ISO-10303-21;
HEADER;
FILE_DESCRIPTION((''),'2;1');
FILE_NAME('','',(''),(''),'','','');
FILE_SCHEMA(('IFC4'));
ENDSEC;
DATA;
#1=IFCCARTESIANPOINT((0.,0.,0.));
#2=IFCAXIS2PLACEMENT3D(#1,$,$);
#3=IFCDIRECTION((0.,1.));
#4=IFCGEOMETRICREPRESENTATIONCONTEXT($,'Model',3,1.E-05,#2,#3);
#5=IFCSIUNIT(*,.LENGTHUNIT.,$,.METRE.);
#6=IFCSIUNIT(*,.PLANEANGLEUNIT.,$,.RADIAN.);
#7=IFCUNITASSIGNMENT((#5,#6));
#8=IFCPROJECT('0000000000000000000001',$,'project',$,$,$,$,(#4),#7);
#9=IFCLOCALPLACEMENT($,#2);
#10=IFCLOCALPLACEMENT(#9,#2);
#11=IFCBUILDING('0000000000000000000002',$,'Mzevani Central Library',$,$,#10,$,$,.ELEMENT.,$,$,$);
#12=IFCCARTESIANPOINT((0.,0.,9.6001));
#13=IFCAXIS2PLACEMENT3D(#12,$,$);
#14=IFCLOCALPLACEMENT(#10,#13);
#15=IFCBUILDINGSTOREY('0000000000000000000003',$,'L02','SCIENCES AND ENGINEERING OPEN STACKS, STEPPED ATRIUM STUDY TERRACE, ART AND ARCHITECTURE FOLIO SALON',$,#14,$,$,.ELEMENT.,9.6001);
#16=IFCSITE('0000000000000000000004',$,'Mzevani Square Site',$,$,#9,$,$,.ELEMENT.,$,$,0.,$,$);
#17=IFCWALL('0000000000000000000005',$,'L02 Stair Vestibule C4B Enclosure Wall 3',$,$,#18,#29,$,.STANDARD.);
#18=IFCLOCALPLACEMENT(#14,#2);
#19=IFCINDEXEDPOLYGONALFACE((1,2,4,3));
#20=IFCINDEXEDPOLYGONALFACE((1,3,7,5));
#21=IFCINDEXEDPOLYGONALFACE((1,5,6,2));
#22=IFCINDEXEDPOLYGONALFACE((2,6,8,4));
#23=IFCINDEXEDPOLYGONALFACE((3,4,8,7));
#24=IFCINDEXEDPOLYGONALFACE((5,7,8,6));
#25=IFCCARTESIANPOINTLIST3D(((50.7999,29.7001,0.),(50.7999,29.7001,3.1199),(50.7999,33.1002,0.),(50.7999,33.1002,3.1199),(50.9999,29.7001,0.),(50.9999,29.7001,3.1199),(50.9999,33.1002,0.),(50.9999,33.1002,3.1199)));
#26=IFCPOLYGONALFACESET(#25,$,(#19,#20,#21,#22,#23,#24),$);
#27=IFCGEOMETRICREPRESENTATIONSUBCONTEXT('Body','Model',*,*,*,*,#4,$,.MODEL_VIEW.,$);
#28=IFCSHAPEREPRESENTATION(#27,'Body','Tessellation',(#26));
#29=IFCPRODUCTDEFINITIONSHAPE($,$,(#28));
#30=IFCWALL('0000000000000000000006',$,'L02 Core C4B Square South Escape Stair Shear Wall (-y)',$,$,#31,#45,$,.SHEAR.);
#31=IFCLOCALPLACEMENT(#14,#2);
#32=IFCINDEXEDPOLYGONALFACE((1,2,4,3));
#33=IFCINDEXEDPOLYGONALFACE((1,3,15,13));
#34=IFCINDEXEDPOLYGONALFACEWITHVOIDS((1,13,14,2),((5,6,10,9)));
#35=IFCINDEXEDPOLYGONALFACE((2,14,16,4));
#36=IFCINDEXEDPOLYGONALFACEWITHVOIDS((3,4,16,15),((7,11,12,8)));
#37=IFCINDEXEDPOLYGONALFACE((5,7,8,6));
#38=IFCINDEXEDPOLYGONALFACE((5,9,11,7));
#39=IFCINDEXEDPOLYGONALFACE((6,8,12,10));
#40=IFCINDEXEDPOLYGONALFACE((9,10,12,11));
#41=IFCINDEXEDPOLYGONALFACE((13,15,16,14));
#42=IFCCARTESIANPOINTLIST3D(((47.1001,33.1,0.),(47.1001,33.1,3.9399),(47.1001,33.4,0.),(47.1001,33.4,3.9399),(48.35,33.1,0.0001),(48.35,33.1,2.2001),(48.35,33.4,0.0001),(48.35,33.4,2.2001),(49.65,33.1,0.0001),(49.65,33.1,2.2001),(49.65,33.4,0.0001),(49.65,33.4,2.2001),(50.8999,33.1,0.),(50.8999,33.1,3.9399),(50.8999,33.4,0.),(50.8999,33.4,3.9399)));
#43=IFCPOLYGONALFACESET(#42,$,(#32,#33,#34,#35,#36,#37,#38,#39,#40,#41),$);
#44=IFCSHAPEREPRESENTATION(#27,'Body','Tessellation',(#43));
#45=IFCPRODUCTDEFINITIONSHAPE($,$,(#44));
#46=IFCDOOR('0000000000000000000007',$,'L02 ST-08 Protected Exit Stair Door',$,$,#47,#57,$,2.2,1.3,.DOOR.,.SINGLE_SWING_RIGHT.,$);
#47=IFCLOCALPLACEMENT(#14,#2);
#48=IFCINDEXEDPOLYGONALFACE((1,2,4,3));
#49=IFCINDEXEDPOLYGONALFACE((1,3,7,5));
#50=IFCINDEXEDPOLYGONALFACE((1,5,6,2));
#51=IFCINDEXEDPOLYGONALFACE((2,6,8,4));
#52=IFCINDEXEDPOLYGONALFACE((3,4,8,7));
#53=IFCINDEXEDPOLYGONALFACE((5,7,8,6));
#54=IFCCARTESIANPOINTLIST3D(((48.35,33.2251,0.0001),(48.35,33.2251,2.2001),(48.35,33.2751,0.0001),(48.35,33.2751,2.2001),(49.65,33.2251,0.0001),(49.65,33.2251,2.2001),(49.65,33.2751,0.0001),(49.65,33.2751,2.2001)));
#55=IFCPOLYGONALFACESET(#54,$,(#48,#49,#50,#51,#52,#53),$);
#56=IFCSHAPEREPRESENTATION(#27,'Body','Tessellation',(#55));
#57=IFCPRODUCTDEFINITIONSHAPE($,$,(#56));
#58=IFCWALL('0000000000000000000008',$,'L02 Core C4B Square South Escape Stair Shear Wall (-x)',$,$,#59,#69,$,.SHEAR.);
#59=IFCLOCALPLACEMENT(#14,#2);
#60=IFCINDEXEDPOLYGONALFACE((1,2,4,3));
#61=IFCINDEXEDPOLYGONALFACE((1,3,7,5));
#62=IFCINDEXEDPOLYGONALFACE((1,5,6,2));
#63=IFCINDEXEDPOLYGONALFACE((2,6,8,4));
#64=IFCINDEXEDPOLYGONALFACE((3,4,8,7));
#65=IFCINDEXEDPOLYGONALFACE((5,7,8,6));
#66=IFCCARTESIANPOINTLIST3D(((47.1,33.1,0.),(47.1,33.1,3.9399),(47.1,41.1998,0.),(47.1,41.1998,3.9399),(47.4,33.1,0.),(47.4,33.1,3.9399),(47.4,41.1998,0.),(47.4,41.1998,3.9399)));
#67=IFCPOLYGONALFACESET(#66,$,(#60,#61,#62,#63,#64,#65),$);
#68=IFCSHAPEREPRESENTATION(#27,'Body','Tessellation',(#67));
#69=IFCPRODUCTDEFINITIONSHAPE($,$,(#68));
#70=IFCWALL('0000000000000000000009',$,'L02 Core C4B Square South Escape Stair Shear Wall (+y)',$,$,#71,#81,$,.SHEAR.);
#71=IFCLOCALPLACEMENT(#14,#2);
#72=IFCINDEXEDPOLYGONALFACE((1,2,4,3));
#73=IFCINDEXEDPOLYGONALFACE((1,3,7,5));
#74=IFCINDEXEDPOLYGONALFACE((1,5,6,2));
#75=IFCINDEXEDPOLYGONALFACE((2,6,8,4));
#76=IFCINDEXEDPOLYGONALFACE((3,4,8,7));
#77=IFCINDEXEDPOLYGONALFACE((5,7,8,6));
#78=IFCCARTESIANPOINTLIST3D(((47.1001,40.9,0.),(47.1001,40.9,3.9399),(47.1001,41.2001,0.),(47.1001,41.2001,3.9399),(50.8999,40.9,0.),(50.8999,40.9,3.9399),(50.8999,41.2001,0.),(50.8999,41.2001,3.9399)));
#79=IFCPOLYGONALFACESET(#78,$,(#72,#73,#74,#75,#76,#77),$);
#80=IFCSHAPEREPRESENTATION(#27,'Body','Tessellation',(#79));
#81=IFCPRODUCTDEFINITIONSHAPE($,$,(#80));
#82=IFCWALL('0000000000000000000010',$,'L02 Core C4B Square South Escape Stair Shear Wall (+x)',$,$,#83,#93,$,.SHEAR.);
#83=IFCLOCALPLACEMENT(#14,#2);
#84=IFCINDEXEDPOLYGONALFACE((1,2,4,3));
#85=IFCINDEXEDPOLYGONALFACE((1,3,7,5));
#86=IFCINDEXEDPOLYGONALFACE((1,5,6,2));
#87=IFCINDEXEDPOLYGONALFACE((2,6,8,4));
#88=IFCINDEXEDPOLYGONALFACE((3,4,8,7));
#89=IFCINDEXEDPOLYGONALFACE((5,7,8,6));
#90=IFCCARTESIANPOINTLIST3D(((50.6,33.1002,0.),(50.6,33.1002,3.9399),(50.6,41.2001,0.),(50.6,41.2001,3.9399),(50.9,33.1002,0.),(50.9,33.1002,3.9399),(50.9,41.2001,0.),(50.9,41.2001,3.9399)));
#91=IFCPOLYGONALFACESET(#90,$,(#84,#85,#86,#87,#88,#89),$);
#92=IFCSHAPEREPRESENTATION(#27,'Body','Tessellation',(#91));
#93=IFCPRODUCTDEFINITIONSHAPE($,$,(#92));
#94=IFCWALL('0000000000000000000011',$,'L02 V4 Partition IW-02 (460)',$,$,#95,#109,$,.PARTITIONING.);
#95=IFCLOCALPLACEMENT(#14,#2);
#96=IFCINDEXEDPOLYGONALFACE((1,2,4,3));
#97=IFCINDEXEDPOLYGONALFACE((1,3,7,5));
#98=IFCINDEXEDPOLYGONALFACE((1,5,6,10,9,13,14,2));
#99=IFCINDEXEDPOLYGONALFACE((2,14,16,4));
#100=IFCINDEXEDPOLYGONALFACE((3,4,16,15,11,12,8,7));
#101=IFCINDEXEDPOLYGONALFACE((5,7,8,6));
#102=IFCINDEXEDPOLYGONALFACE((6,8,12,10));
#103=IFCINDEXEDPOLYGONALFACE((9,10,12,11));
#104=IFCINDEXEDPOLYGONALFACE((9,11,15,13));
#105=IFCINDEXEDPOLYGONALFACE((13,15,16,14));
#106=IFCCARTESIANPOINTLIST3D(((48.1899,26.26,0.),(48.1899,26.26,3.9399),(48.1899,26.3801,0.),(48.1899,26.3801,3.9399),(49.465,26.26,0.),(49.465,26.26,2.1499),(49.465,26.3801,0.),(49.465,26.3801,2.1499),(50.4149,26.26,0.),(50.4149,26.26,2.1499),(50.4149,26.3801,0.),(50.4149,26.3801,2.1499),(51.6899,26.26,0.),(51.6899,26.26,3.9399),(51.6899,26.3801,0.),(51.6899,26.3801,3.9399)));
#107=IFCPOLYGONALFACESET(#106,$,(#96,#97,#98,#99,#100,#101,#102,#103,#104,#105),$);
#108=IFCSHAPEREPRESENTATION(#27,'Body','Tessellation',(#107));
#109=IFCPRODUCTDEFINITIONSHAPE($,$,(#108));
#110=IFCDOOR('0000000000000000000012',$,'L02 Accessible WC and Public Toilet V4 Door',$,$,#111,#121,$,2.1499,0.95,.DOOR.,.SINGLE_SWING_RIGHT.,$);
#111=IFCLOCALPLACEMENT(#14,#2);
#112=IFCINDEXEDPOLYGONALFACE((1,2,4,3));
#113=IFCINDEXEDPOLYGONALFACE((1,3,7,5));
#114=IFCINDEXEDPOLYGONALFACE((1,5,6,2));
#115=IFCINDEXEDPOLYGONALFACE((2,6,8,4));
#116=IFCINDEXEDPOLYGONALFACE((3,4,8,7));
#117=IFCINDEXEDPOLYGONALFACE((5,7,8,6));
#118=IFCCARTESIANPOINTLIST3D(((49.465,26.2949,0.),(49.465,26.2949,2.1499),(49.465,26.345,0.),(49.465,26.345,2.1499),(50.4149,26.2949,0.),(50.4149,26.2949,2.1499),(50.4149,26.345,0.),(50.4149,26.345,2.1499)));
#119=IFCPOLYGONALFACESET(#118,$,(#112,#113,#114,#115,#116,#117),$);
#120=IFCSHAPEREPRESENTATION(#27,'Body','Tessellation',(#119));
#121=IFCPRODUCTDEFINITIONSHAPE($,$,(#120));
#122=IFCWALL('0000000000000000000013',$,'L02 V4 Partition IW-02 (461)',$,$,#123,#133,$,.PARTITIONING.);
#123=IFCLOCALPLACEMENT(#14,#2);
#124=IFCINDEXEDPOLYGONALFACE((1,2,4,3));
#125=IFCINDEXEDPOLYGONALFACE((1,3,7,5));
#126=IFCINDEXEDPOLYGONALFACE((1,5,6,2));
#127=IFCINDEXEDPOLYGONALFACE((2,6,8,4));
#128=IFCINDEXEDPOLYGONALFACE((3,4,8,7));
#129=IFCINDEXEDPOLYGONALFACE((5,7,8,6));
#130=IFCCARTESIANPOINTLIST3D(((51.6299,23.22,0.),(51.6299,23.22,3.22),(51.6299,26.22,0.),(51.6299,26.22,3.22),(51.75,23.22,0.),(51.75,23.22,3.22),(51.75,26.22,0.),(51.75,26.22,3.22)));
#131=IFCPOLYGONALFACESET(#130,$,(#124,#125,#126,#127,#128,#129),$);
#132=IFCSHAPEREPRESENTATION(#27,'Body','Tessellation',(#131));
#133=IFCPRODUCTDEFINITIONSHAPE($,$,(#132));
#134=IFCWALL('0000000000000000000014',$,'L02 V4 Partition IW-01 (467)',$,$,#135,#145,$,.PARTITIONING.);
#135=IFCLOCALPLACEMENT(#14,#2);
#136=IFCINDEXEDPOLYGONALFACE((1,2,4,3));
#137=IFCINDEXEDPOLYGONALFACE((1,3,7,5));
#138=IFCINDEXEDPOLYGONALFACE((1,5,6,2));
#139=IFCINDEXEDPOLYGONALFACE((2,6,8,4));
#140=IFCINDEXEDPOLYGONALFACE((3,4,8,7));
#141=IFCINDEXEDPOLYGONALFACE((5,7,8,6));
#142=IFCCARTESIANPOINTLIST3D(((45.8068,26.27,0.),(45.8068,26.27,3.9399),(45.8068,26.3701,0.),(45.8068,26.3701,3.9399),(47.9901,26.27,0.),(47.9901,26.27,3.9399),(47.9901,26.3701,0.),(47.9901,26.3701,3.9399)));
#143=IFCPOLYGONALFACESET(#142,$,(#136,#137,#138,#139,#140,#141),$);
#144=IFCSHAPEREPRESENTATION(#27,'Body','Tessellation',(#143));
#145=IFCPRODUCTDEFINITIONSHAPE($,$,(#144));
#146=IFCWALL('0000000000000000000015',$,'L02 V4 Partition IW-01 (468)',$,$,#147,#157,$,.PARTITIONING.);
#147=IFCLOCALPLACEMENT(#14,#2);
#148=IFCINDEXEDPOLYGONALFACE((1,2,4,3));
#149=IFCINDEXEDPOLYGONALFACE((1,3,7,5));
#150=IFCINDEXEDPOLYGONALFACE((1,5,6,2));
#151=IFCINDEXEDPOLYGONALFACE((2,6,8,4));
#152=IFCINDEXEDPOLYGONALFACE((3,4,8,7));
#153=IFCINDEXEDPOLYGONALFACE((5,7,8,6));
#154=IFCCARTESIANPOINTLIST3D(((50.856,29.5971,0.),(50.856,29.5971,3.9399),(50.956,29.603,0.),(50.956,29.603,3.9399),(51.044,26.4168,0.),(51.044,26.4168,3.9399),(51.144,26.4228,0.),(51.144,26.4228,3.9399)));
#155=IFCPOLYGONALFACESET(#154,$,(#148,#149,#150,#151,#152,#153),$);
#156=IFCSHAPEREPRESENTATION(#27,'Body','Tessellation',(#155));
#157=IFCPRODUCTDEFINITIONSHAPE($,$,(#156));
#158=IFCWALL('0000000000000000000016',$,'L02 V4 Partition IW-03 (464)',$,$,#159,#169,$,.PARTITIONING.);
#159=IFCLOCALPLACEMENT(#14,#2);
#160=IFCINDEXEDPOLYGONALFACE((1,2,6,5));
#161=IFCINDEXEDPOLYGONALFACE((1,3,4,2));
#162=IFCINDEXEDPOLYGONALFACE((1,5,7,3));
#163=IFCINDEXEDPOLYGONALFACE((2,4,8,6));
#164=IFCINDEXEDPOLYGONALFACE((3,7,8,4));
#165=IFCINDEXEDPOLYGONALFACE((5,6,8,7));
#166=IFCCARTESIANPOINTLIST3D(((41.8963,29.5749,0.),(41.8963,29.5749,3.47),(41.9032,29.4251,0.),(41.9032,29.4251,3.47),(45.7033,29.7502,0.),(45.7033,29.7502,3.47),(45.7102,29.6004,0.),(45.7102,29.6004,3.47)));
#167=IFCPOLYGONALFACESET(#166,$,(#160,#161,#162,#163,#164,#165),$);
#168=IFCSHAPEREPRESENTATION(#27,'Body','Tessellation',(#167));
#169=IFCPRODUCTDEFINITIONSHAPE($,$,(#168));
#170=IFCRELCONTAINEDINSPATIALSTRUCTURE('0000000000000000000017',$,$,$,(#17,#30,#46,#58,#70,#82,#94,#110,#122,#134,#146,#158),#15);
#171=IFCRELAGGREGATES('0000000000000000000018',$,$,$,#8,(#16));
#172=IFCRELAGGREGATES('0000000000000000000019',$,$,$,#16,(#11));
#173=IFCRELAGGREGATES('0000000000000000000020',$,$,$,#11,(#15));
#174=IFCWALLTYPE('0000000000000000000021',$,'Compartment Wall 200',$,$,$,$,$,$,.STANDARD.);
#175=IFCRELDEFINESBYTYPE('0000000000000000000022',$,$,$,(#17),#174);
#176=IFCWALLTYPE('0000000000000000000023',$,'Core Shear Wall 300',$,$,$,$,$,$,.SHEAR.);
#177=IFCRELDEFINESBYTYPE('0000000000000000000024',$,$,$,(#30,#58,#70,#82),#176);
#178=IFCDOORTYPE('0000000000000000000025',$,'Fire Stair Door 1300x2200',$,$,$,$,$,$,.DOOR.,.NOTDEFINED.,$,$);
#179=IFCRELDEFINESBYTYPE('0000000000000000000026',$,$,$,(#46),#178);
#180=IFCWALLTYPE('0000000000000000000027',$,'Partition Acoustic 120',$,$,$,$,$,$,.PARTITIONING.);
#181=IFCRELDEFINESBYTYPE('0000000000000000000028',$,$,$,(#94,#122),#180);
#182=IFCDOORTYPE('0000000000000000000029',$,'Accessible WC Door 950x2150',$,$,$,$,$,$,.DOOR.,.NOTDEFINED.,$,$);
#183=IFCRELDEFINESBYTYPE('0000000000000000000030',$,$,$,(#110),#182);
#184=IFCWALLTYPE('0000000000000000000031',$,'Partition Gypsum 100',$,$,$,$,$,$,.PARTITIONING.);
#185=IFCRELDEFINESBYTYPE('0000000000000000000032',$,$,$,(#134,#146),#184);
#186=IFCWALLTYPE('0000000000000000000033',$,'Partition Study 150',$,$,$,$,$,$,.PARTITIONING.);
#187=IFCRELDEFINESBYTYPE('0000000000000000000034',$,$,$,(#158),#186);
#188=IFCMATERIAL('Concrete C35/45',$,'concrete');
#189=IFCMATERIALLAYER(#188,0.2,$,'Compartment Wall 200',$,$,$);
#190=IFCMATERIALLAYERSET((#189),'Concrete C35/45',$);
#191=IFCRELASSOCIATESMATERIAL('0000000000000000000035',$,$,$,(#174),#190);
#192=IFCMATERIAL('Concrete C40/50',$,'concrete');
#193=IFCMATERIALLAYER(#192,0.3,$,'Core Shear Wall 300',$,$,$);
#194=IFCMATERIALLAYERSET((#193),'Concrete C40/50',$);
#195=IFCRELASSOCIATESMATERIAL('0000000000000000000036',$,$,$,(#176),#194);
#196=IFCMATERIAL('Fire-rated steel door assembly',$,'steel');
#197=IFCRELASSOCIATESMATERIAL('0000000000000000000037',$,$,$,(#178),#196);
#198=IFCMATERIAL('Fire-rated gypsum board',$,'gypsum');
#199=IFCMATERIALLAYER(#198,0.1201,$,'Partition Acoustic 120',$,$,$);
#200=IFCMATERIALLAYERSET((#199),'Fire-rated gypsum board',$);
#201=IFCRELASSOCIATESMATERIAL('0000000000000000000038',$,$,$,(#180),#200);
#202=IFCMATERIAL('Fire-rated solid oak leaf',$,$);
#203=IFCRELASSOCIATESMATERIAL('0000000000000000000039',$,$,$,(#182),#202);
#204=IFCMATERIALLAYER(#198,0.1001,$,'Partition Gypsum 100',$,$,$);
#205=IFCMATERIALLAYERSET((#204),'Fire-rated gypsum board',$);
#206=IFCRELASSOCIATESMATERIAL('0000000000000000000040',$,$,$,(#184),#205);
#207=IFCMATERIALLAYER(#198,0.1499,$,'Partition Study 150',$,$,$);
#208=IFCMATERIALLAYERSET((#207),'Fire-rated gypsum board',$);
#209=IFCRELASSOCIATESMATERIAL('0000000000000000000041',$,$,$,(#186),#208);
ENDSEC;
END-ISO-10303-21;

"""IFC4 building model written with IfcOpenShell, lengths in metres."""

from ifc_helpers import new_model, si_unit, direction, frame, frame_2d, origin, place, context, subcontext, project, spatial, rectangle, extrude, material, layer, layer_set, type_object, element, fill, save


model = new_model("IFC4")

# Units and contexts
model_context = context("Model", 3, precision=1e-05, world=origin(), true_north=direction((0.0, 1.0)))
body_context = subcontext(model_context, "Body", "Model", "MODEL_VIEW")
ifc_project = project(units=[si_unit("LENGTHUNIT", "METRE"), si_unit("PLANEANGLEUNIT", "RADIAN")], contexts=[model_context])

# Site, building, storey
site_placement = place(None, origin())
site = spatial("IfcSite", under=ifc_project, at=site_placement, Name="Mzevani Square Site", CompositionType="ELEMENT", RefElevation=0.0)
building_placement = place(site_placement, origin())
building = spatial("IfcBuilding", under=site, at=building_placement, Name="Mzevani Central Library", CompositionType="ELEMENT")
storey_placement = place(building_placement, frame((0.0, 0.0, 9.6001)))
storey = spatial("IfcBuildingStorey", under=building, at=storey_placement, Name="L02", Description="SCIENCES AND ENGINEERING OPEN STACKS, STEPPED ATRIUM STUDY TERRACE, ART AND ARCHITECTURE FOLIO SALON", CompositionType="ELEMENT", Elevation=9.6001)

# Shared definitions
ifc_material_1 = material(Name="Concrete C40/50", Category="concrete")

# Shared definitions
ifc_material_2 = material(Name="Concrete C35/45", Category="concrete")

# Shared definitions
ifc_layer_1 = layer(ifc_material_2, 0.2, Name="Compartment Wall 200")
ifc_layer_set_1 = layer_set([ifc_layer_1], Name="Concrete C35/45")
wall_type_1 = type_object("IfcWallType", Name="Compartment Wall 200", PredefinedType="STANDARD", material=ifc_layer_set_1)
ifc_material_3 = material(Name="Fire-rated steel door assembly", Category="steel")

# Wall
wall_1_placement = place(storey_placement, frame((50.8999, 29.7, 0.0), z_axis=(0.0, 0.0, 1.0), x_axis=(0.0, 1.0, 0.0)))
element("IfcWall", 1, at=wall_1_placement, inside=storey, type_object=wall_type_1, Name="L02 Stair Vestibule C4B Enclosure Wall 3", PredefinedType="STANDARD", context=body_context, shape_type="SweptSolid", body=[
    extrude(rectangle(XDim=3.4001, YDim=0.2, at=frame_2d((1.7002, 0.0))), origin(), (0.0, 0.0, 1.0), 3.1199),
])

# Wall, opening, door
ifc_layer_2 = layer(ifc_material_1, 0.3, Name="Core Shear Wall 300")
ifc_layer_set_2 = layer_set([ifc_layer_2], Name="Concrete C40/50")
wall_type_2 = type_object("IfcWallType", Name="Core Shear Wall 300", PredefinedType="SHEAR", material=ifc_layer_set_2)
wall_2_placement = place(storey_placement, frame((50.8999, 33.25, 0.0), z_axis=(0.0, 0.0, 1.0), x_axis=(-1.0, 0.0, 0.0)))
wall_2 = element("IfcWall", 2, at=wall_2_placement, inside=storey, type_object=wall_type_2, Name="L02 Core C4B Square South Escape Stair Shear Wall (-y)", PredefinedType="SHEAR", context=body_context, shape_type="SweptSolid", body=[
    extrude(rectangle(XDim=3.7998, YDim=0.3, at=frame_2d((1.8999, 0.0))), origin(), (0.0, 0.0, 1.0), 3.9399),
])
opening_1_placement = place(wall_2_placement, frame((1.25, 0.0, 0.0)))
opening_1 = element("IfcOpeningElement", 3, at=opening_1_placement, cuts=wall_2, PredefinedType="OPENING", context=body_context, shape_type="SweptSolid", body=[
    extrude(rectangle(XDim=1.3, YDim=2.2, at=frame_2d((0.6499, 1.1001))), frame((0.0, 0.1602, 0.0), z_axis=(0.0, -1.0, 0.0), x_axis=(1.0, 0.0, 0.0)), (0.0, 0.0, 1.0), 0.3201),
])
door_type_1 = type_object("IfcDoorType", Name="Fire Stair Door 1300x2200", OperationType="NOTDEFINED", PredefinedType="DOOR", material=ifc_material_3)
door_1_placement = place(opening_1_placement, origin())
door_1 = element("IfcDoor", 4, at=door_1_placement, inside=storey, type_object=door_type_1, Name="L02 ST-08 Protected Exit Stair Door", OperationType="SINGLE_SWING_RIGHT", OverallHeight=2.2, OverallWidth=1.3, PredefinedType="DOOR", context=body_context, shape_type="SweptSolid", body=[
    extrude(rectangle(XDim=1.3, YDim=2.2, at=frame_2d((0.6499, 1.1001))), frame((0.0, 0.0249, 0.0), z_axis=(0.0, -1.0, 0.0), x_axis=(1.0, 0.0, 0.0)), (0.0, 0.0, 1.0), 0.05),
])
fill(opening_1, door_1)

# Walls
wall_3_placement = place(storey_placement, frame((47.25, 33.1001, 0.0), z_axis=(0.0, 0.0, 1.0), x_axis=(0.0, 1.0, 0.0)))
element("IfcWall", 5, at=wall_3_placement, inside=storey, type_object=wall_type_2, Name="L02 Core C4B Square South Escape Stair Shear Wall (-x)", PredefinedType="SHEAR", context=body_context, shape_type="SweptSolid", body=[
    extrude(rectangle(XDim=8.0999, YDim=0.3, at=frame_2d((4.0498, 0.0))), origin(), (0.0, 0.0, 1.0), 3.9399),
])
wall_4_placement = place(storey_placement, frame((47.1001, 41.05, 0.0), z_axis=(0.0, 0.0, 1.0), x_axis=(1.0, 0.0, 0.0)))
element("IfcWall", 6, at=wall_4_placement, inside=storey, type_object=wall_type_2, Name="L02 Core C4B Square South Escape Stair Shear Wall (+y)", PredefinedType="SHEAR", context=body_context, shape_type="SweptSolid", body=[
    extrude(rectangle(XDim=3.7998, YDim=0.3, at=frame_2d((1.8999, 0.0))), origin(), (0.0, 0.0, 1.0), 3.9399),
])
wall_5_placement = place(storey_placement, frame((50.75, 41.2, 0.0), z_axis=(0.0, 0.0, 1.0), x_axis=(0.0, -1.0, 0.0)))
element("IfcWall", 7, at=wall_5_placement, inside=storey, type_object=wall_type_2, Name="L02 Core C4B Square South Escape Stair Shear Wall (+x)", PredefinedType="SHEAR", context=body_context, shape_type="SweptSolid", body=[
    extrude(rectangle(XDim=8.0999, YDim=0.3, at=frame_2d((4.0498, 0.0))), origin(), (0.0, 0.0, 1.0), 3.9399),
])

# Wall, opening, door
ifc_material_4 = material(Name="Fire-rated gypsum board", Category="gypsum")
ifc_layer_3 = layer(ifc_material_4, 0.1201, Name="Partition Acoustic 120")
ifc_layer_set_3 = layer_set([ifc_layer_3], Name="Fire-rated gypsum board")
wall_type_3 = type_object("IfcWallType", Name="Partition Acoustic 120", PredefinedType="PARTITIONING", material=ifc_layer_set_3)
wall_6_placement = place(storey_placement, frame((48.1899, 26.3201, 0.0), z_axis=(0.0, 0.0, 1.0), x_axis=(1.0, 0.0, 0.0)))
wall_6 = element("IfcWall", 8, at=wall_6_placement, inside=storey, type_object=wall_type_3, Name="L02 V4 Partition IW-02 (460)", PredefinedType="PARTITIONING", context=body_context, shape_type="SweptSolid", body=[
    extrude(rectangle(XDim=3.5, YDim=0.1201, at=frame_2d((1.75, 0.0))), origin(), (0.0, 0.0, 1.0), 3.9399),
])
opening_2_placement = place(wall_6_placement, frame((1.2749, 0.0, 0.0)))
opening_2 = element("IfcOpeningElement", 9, at=opening_2_placement, cuts=wall_6, PredefinedType="OPENING", context=body_context, shape_type="SweptSolid", body=[
    extrude(rectangle(XDim=0.95, YDim=2.1499, at=frame_2d((0.4751, 1.075))), frame((0.0, 0.0701, 0.0), z_axis=(0.0, -1.0, 0.0), x_axis=(1.0, 0.0, 0.0)), (0.0, 0.0, 1.0), 0.1401),
])
ifc_material_5 = material(Name="Fire-rated solid oak leaf")
door_type_2 = type_object("IfcDoorType", Name="Accessible WC Door 950x2150", OperationType="NOTDEFINED", PredefinedType="DOOR", material=ifc_material_5)
door_2_placement = place(opening_2_placement, origin())
door_2 = element("IfcDoor", 10, at=door_2_placement, inside=storey, type_object=door_type_2, Name="L02 Accessible WC and Public Toilet V4 Door", OperationType="SINGLE_SWING_RIGHT", OverallHeight=2.1499, OverallWidth=0.95, PredefinedType="DOOR", context=body_context, shape_type="SweptSolid", body=[
    extrude(rectangle(XDim=0.95, YDim=2.1499, at=frame_2d((0.4751, 1.075))), frame((0.0, 0.0249, 0.0), z_axis=(0.0, -1.0, 0.0), x_axis=(1.0, 0.0, 0.0)), (0.0, 0.0, 1.0), 0.05),
])
fill(opening_2, door_2)

# Walls
wall_7_placement = place(storey_placement, frame((51.6899, 26.22, 0.0), z_axis=(0.0, 0.0, 1.0), x_axis=(0.0, -1.0, 0.0)))
element("IfcWall", 11, at=wall_7_placement, inside=storey, type_object=wall_type_3, Name="L02 V4 Partition IW-02 (461)", PredefinedType="PARTITIONING", context=body_context, shape_type="SweptSolid", body=[
    extrude(rectangle(XDim=3.0, YDim=0.1201, at=frame_2d((1.5, 0.0))), origin(), (0.0, 0.0, 1.0), 3.22),
])
ifc_layer_4 = layer(ifc_material_4, 0.1001, Name="Partition Gypsum 100")
ifc_layer_set_4 = layer_set([ifc_layer_4], Name="Fire-rated gypsum board")
wall_type_4 = type_object("IfcWallType", Name="Partition Gypsum 100", PredefinedType="PARTITIONING", material=ifc_layer_set_4)
wall_8_placement = place(storey_placement, frame((45.8066, 26.3201, 0.0), z_axis=(0.0, 0.0, 1.0), x_axis=(1.0, 0.0, 0.0)))
element("IfcWall", 12, at=wall_8_placement, inside=storey, type_object=wall_type_4, Name="L02 V4 Partition IW-01 (467)", PredefinedType="PARTITIONING", context=body_context, shape_type="SweptSolid", body=[
    extrude(rectangle(XDim=2.1833, YDim=0.1001, at=frame_2d((1.0918, 0.0))), origin(), (0.0, 0.0, 1.0), 3.9399),
])
wall_9_placement = place(storey_placement, frame((51.094, 26.4199, 0.0), z_axis=(0.0, 0.0, 1.0), x_axis=(-0.05901, 0.998257, 0.0)))
element("IfcWall", 13, at=wall_9_placement, inside=storey, type_object=wall_type_4, Name="L02 V4 Partition IW-01 (468)", PredefinedType="PARTITIONING", context=body_context, shape_type="SweptSolid", body=[
    extrude(rectangle(XDim=3.1858, YDim=0.1001, at=frame_2d((1.5928, 0.0))), origin(), (0.0, 0.0, 1.0), 3.9399),
])
ifc_layer_5 = layer(ifc_material_4, 0.1499, Name="Partition Study 150")
ifc_layer_set_5 = layer_set([ifc_layer_5], Name="Fire-rated gypsum board")
wall_type_5 = type_object("IfcWallType", Name="Partition Study 150", PredefinedType="PARTITIONING", material=ifc_layer_set_5)
wall_10_placement = place(storey_placement, frame((45.7068, 29.6753, 0.0), z_axis=(0.0, 0.0, 1.0), x_axis=(-0.998942, -0.045998, 0.0)))
element("IfcWall", 14, at=wall_10_placement, inside=storey, type_object=wall_type_5, Name="L02 V4 Partition IW-03 (464)", PredefinedType="PARTITIONING", context=body_context, shape_type="SweptSolid", body=[
    extrude(rectangle(XDim=3.811, YDim=0.1499, at=frame_2d((1.9055, 0.0))), origin(), (0.0, 0.0, 1.0), 3.47),
])

save(model, "model.ifc")
